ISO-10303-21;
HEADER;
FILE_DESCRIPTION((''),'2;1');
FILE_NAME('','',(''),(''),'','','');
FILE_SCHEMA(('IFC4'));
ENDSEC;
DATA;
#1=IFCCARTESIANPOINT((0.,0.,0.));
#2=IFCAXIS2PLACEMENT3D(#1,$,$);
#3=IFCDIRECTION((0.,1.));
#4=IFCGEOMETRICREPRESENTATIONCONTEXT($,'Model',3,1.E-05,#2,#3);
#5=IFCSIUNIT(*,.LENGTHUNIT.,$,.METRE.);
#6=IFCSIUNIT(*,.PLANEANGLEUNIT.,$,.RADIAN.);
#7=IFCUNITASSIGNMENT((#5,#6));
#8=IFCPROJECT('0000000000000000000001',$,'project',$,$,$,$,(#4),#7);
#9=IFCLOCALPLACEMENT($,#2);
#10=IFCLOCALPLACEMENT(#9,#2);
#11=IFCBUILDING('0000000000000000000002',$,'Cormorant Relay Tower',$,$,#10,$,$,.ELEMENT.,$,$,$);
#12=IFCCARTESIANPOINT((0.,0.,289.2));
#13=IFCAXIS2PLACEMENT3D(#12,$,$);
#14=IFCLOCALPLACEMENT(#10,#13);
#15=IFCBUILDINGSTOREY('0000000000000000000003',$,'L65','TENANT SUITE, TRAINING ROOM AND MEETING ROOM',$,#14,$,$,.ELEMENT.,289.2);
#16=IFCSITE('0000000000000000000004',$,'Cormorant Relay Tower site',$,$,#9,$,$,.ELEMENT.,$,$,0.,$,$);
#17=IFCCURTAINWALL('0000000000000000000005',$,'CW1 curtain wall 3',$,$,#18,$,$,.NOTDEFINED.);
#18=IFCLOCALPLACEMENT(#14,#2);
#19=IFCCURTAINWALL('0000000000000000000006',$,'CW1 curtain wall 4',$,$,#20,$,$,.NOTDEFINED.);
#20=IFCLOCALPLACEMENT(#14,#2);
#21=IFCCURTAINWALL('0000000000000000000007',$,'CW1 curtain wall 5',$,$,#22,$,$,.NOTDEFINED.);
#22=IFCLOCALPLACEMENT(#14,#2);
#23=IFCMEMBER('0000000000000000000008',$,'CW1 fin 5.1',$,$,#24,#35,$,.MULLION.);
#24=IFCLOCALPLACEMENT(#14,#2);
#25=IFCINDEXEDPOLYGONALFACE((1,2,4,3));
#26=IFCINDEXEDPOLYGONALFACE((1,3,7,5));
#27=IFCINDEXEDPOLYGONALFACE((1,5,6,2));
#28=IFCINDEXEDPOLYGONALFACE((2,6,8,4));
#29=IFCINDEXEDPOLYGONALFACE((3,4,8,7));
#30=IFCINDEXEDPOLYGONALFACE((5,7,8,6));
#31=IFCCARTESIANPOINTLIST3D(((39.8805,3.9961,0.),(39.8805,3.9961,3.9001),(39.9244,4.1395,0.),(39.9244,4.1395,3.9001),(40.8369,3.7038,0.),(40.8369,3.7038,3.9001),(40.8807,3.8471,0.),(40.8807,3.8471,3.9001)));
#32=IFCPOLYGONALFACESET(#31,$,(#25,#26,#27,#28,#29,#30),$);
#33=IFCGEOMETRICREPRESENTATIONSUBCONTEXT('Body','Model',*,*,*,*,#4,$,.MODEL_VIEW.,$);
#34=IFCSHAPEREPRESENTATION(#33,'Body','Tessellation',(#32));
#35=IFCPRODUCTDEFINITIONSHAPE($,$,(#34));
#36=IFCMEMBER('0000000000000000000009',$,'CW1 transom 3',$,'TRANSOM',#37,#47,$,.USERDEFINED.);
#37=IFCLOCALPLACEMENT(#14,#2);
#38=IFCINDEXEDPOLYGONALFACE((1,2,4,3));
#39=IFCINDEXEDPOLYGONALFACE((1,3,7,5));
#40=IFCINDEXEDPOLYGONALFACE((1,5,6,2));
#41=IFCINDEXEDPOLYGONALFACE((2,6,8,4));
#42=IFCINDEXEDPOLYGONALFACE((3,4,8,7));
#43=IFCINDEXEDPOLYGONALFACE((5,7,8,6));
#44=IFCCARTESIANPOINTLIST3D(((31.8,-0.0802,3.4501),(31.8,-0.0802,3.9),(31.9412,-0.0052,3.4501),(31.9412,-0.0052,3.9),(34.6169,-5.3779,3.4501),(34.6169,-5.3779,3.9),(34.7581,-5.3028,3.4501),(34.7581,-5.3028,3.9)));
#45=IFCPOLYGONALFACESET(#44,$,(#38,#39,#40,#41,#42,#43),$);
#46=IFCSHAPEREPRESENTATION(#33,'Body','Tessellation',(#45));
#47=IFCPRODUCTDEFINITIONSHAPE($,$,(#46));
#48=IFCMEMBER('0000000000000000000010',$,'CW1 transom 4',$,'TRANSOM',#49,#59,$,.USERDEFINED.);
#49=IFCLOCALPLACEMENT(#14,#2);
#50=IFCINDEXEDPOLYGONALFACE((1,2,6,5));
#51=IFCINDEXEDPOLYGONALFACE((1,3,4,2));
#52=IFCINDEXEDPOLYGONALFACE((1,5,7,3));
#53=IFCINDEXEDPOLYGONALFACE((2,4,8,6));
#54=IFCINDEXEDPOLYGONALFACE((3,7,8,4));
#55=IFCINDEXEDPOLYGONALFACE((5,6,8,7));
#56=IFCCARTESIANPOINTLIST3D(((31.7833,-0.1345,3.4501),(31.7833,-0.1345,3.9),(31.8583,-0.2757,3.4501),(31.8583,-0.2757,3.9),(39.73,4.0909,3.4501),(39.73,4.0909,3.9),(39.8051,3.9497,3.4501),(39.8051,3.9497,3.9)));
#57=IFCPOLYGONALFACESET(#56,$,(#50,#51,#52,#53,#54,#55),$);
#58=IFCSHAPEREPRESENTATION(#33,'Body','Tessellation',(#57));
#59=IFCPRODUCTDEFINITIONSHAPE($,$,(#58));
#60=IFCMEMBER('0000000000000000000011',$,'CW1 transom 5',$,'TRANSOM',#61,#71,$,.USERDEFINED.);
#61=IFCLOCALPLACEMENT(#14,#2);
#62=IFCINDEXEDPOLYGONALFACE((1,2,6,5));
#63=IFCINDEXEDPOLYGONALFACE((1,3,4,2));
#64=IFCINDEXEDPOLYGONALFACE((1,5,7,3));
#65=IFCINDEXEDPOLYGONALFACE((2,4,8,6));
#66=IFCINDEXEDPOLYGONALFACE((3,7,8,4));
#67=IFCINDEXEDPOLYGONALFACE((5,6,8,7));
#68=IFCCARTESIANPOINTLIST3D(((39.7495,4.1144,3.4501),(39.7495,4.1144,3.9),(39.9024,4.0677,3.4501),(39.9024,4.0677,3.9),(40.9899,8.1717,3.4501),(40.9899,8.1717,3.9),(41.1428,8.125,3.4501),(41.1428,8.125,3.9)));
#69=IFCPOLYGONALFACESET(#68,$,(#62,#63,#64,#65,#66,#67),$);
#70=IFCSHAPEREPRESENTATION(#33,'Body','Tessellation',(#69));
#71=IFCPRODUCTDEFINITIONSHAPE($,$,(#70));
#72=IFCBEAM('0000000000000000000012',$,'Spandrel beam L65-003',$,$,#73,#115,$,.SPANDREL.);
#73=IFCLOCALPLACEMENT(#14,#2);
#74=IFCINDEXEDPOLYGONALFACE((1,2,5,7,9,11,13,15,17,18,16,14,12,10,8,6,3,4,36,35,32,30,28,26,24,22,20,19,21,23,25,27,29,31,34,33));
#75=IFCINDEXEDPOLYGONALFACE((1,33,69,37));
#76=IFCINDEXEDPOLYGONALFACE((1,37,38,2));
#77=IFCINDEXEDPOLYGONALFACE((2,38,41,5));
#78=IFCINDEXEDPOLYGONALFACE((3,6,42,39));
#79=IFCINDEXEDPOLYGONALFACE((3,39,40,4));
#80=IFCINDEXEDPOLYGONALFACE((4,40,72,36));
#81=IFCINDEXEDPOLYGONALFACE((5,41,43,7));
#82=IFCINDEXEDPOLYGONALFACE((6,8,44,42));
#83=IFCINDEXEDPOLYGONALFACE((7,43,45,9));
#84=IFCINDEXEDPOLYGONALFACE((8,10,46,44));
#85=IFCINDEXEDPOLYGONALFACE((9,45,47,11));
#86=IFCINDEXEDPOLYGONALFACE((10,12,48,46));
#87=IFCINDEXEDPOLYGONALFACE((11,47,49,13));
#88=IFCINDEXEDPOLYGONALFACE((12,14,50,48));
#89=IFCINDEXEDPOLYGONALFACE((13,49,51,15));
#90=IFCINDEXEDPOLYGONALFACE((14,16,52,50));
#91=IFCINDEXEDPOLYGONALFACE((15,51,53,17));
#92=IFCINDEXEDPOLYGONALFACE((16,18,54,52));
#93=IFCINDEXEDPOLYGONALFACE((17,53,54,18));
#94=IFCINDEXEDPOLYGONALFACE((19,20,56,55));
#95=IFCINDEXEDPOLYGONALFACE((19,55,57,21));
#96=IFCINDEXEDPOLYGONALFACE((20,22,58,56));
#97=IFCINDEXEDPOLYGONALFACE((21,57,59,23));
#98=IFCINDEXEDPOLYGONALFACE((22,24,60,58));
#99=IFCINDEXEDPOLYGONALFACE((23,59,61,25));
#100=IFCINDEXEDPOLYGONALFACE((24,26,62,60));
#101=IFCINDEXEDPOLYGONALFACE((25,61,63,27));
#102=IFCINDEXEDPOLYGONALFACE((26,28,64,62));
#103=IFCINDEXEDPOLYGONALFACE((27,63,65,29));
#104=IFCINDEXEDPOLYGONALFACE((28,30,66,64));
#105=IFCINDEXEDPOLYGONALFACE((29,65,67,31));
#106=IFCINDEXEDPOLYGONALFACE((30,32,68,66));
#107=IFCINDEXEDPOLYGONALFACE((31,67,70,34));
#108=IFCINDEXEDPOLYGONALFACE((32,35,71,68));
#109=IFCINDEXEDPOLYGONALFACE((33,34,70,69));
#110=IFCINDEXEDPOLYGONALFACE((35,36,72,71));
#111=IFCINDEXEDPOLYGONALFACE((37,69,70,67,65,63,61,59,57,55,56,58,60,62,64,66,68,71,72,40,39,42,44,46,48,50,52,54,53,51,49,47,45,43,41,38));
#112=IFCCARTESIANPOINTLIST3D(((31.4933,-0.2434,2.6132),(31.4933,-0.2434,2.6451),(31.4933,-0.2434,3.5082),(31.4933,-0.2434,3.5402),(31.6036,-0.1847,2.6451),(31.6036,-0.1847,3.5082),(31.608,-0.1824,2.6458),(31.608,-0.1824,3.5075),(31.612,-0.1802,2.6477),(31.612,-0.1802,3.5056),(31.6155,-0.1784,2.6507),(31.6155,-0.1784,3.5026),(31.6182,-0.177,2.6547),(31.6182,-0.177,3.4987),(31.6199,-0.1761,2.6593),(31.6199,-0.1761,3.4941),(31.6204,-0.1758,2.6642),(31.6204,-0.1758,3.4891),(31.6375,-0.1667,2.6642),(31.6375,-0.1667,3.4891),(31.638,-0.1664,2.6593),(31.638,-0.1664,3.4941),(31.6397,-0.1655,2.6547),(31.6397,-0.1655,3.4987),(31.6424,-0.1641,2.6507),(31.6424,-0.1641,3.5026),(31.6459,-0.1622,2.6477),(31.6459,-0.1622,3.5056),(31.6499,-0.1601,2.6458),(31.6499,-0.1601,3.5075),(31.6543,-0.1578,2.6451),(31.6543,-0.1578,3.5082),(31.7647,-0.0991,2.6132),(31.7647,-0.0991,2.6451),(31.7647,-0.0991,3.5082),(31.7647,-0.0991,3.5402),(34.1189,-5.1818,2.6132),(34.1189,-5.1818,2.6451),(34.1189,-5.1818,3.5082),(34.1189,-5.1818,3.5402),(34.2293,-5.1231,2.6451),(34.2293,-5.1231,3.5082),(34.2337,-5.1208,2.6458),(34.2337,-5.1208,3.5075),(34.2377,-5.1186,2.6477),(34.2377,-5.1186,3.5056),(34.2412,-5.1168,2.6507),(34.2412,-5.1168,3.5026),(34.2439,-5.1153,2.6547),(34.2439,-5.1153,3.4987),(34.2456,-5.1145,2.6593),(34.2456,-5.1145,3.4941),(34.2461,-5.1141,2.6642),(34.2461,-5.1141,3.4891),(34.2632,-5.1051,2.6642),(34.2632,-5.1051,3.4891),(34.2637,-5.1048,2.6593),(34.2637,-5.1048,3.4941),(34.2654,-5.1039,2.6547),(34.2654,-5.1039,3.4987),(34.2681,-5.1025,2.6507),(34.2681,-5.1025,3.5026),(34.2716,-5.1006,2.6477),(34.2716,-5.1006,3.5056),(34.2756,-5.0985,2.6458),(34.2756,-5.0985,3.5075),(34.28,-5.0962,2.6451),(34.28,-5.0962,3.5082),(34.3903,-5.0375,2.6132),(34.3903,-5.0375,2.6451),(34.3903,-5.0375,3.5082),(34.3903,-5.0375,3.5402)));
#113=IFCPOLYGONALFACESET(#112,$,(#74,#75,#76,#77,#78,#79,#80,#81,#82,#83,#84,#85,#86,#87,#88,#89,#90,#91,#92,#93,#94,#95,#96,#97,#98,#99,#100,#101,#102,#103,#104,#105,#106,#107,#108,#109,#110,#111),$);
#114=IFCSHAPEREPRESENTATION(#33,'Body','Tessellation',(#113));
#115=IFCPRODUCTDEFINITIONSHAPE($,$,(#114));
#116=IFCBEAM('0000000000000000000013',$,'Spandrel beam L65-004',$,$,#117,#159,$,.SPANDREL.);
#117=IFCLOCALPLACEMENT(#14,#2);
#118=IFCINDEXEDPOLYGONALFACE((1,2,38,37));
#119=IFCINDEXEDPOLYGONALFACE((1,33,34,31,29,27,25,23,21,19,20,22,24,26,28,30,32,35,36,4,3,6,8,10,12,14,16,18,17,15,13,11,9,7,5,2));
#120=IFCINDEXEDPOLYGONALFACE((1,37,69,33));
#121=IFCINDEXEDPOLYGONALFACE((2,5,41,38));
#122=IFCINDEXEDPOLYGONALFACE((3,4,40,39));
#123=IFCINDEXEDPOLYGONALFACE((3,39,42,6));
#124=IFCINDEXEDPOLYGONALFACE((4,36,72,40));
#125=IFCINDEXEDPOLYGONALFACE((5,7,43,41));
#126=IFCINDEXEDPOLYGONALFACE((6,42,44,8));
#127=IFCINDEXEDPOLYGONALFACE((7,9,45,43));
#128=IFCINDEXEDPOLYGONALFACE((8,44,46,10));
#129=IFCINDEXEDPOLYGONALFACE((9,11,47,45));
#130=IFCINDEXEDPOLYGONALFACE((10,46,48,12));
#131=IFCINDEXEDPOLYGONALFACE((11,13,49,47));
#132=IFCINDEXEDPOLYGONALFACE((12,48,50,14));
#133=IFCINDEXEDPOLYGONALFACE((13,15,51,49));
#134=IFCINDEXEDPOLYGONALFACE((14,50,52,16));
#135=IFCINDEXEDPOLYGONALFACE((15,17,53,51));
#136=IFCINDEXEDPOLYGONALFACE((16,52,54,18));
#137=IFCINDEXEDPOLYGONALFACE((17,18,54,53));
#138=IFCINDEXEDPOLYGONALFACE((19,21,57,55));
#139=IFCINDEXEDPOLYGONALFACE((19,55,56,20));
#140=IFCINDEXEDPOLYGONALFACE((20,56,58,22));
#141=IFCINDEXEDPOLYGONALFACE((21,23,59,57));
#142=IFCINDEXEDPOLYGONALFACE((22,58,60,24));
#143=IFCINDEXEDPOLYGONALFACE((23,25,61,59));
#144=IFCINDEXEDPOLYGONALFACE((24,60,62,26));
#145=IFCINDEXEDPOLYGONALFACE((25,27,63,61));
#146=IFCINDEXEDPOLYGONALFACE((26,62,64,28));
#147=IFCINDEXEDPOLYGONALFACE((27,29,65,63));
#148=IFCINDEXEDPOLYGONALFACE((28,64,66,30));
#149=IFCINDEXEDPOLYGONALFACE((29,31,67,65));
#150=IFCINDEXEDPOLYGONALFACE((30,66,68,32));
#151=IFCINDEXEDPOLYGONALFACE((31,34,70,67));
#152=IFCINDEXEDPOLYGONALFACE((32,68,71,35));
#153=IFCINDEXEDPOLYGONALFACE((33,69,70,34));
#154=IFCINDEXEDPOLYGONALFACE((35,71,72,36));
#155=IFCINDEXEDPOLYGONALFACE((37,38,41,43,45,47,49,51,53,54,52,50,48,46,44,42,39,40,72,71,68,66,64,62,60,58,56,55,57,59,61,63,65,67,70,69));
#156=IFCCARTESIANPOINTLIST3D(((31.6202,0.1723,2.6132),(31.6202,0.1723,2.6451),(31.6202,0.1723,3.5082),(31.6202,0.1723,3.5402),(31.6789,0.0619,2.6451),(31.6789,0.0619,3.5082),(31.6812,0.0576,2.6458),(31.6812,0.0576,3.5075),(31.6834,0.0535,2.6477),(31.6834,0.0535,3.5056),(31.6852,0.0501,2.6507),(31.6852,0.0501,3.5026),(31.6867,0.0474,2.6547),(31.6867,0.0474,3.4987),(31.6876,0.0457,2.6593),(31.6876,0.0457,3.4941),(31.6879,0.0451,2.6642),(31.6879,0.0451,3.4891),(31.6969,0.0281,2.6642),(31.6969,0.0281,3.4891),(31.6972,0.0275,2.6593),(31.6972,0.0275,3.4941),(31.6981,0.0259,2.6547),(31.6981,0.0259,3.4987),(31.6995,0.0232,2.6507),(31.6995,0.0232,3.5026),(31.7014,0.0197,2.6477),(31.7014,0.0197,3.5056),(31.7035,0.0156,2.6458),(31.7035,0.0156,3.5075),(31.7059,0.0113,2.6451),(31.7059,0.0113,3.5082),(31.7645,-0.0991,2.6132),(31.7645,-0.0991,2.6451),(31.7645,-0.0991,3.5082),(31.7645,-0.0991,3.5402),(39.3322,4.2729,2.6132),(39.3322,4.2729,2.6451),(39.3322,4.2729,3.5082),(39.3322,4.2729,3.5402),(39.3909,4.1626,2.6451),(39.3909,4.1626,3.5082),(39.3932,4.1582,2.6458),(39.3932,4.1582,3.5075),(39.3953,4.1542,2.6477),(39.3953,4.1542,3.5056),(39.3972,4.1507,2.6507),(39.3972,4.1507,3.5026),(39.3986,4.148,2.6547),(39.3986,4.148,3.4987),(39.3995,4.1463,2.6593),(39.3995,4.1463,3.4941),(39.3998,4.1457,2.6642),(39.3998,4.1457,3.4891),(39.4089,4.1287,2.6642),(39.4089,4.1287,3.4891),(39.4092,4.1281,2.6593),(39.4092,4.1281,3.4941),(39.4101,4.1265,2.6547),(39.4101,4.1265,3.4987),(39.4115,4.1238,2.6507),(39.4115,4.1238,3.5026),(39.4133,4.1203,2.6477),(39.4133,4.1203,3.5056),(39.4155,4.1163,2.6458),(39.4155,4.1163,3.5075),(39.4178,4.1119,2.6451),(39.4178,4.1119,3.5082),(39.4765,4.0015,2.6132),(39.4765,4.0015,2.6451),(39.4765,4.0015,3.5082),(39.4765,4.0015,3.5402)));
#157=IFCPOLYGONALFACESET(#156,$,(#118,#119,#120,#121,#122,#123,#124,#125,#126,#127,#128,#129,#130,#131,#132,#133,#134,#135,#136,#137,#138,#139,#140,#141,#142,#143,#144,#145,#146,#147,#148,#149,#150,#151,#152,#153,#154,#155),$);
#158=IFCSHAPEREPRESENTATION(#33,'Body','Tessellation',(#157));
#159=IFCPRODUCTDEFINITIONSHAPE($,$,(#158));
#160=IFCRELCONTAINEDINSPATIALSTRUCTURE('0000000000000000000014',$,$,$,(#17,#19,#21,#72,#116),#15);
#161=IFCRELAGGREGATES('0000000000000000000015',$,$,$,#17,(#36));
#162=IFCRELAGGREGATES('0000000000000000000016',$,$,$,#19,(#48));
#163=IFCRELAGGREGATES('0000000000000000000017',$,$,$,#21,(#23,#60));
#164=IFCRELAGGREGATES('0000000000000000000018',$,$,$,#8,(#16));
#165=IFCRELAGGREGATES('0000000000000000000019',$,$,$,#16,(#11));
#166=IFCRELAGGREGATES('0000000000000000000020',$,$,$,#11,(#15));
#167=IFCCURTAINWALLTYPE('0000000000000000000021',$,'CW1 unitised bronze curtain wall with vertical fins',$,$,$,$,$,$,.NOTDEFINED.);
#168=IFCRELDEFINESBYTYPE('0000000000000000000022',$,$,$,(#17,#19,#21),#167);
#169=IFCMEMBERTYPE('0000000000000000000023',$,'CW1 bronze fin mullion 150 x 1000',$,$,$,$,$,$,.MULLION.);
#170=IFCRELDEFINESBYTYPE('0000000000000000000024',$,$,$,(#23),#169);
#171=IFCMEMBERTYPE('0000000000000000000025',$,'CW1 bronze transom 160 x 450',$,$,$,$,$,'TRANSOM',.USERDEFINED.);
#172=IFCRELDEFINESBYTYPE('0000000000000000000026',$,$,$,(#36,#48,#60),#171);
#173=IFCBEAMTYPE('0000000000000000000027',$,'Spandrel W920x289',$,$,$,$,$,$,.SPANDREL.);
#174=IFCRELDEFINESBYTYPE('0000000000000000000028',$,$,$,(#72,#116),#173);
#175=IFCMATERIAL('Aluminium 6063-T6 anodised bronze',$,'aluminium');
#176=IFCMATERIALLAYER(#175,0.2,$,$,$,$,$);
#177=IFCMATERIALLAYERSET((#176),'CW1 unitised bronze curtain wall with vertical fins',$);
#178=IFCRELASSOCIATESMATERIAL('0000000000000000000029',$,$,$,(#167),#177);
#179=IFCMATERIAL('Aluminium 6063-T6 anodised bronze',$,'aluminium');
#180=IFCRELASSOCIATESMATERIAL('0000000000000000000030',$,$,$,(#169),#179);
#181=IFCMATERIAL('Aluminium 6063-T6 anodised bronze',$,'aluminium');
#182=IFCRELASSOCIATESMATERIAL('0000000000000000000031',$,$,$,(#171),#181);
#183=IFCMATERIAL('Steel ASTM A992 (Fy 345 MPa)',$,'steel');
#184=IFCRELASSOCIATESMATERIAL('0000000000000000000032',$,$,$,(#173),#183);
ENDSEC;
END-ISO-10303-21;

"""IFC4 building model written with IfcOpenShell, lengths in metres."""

from ifc_helpers import new_model, si_unit, direction, frame, origin, origin_2d, place, context, subcontext, project, spatial, rectangle, i_section, extrude, material, layer, layer_set, material_profile, profile_set, type_object, element, aggregate, save


model = new_model("IFC4")

# Units and contexts
model_context = context("Model", 3, precision=1e-05, world=origin(), true_north=direction((0.0, 1.0)))
body_context = subcontext(model_context, "Body", "Model", "MODEL_VIEW")
ifc_project = project(units=[si_unit("LENGTHUNIT", "METRE"), si_unit("PLANEANGLEUNIT", "RADIAN")], contexts=[model_context])

# Site, building, storey
site_placement = place(None, origin())
site = spatial("IfcSite", under=ifc_project, at=site_placement, Name="Cormorant Relay Tower site", CompositionType="ELEMENT", RefElevation=0.0)
building_placement = place(site_placement, origin())
building = spatial("IfcBuilding", under=site, at=building_placement, Name="Cormorant Relay Tower", CompositionType="ELEMENT")
storey_placement = place(building_placement, frame((0.0, 0.0, 289.2)))
storey = spatial("IfcBuildingStorey", under=building, at=storey_placement, Name="L65", Description="TENANT SUITE, TRAINING ROOM AND MEETING ROOM", CompositionType="ELEMENT", Elevation=289.2)

# Curtain wall
ifc_material_1 = material(Name="Aluminium 6063-T6 anodised bronze", Category="aluminium")
ifc_layer_1 = layer(ifc_material_1, 0.2)
ifc_layer_set_1 = layer_set([ifc_layer_1], Name="CW1 unitised bronze curtain wall with vertical fins")
curtain_wall_type = type_object("IfcCurtainWallType", Name="CW1 unitised bronze curtain wall with vertical fins", PredefinedType="NOTDEFINED", material=ifc_layer_set_1)
ifc_material_2 = material(Name="Aluminium 6063-T6 anodised bronze", Category="aluminium")
ifc_material_profile_1 = material_profile(ifc_material_2, rectangle(XDim=0.1499, YDim=1.0, at=origin_2d()), Name="AL 150x1000")
ifc_profile_set_1 = profile_set([ifc_material_profile_1], Name="Aluminium 6063-T6 anodised bronze")
member_type_1 = type_object("IfcMemberType", Name="CW1 bronze fin mullion 150 x 1000", PredefinedType="MULLION", material=ifc_profile_set_1)
curtain_wall_1_placement = place(storey_placement, origin())
curtain_wall_1 = element("IfcCurtainWall", 1, at=curtain_wall_1_placement, inside=storey, type_object=curtain_wall_type, Name="CW1 curtain wall 3", PredefinedType="NOTDEFINED")

# Curtain wall
curtain_wall_2_placement = place(storey_placement, origin())
curtain_wall_2 = element("IfcCurtainWall", 2, at=curtain_wall_2_placement, inside=storey, type_object=curtain_wall_type, Name="CW1 curtain wall 4", PredefinedType="NOTDEFINED")

# Curtain wall, member
curtain_wall_3_placement = place(storey_placement, origin())
curtain_wall_3 = element("IfcCurtainWall", 3, at=curtain_wall_3_placement, inside=storey, type_object=curtain_wall_type, Name="CW1 curtain wall 5", PredefinedType="NOTDEFINED")
member_1_placement = place(storey_placement, frame((40.3806, 3.9216, 0.0), z_axis=(0.0, 0.0, 1.0), x_axis=(0.292372, 0.956305, 0.0)))
member_1 = element("IfcMember", 4, at=member_1_placement, type_object=member_type_1, Name="CW1 fin 5.1", PredefinedType="MULLION", context=body_context, shape_type="SweptSolid", body=[
    extrude(rectangle(XDim=0.1499, YDim=1.0, at=origin_2d()), origin(), (0.0, 0.0, 1.0), 3.9001),
])

# Members
ifc_material_3 = material(Name="Aluminium 6063-T6 anodised bronze", Category="aluminium")
ifc_material_profile_2 = material_profile(ifc_material_3, rectangle(XDim=0.1599, YDim=0.45, at=origin_2d()), Name="AL 160x450")
ifc_profile_set_2 = profile_set([ifc_material_profile_2], Name="Aluminium 6063-T6 anodised bronze")
member_type_2 = type_object("IfcMemberType", Name="CW1 bronze transom 160 x 450", ElementType="TRANSOM", PredefinedType="USERDEFINED", material=ifc_profile_set_2)
member_2_placement = place(storey_placement, frame((34.6875, -5.3403, 3.675), z_axis=(-0.469485, 0.88294, 0.0), x_axis=(-0.88294, -0.469485, 0.0)))
member_2 = element("IfcMember", 5, at=member_2_placement, type_object=member_type_2, Name="CW1 transom 3", ObjectType="TRANSOM", PredefinedType="USERDEFINED", context=body_context, shape_type="SweptSolid", body=[
    extrude(rectangle(XDim=0.1599, YDim=0.45, at=origin_2d()), origin(), (0.0, 0.0, 1.0), 6.0),
])
member_3_placement = place(storey_placement, frame((31.8208, -0.2051, 3.675), z_axis=(0.882949, 0.469469, 0.0), x_axis=(-0.469469, 0.882949, 0.0)))
member_3 = element("IfcMember", 6, at=member_3_placement, type_object=member_type_2, Name="CW1 transom 4", ObjectType="TRANSOM", PredefinedType="USERDEFINED", context=body_context, shape_type="SweptSolid", body=[
    extrude(rectangle(XDim=0.1599, YDim=0.45, at=origin_2d()), origin(), (0.0, 0.0, 1.0), 9.0002),
])
member_4_placement = place(storey_placement, frame((39.8259, 4.0911, 3.675), z_axis=(0.292375, 0.956304, 0.0), x_axis=(-0.956304, 0.292375, 0.0)))
member_4 = element("IfcMember", 7, at=member_4_placement, type_object=member_type_2, Name="CW1 transom 5", ObjectType="TRANSOM", PredefinedType="USERDEFINED", context=body_context, shape_type="SweptSolid", body=[
    extrude(rectangle(XDim=0.1599, YDim=0.45, at=origin_2d()), origin(), (0.0, 0.0, 1.0), 4.2427),
])

# Beams
ifc_material_4 = material(Name="Steel ASTM A992 (Fy 345 MPa)", Category="steel")
ifc_material_profile_3 = material_profile(ifc_material_4, i_section(OverallWidth=0.3074, OverallDepth=0.927, WebThickness=0.0193, FlangeThickness=0.032, FilletRadius=0.019, at=origin_2d()), Name="W920x289")
ifc_profile_set_3 = profile_set([ifc_material_profile_3], Name="Steel ASTM A992 (Fy 345 MPa)")
beam_type = type_object("IfcBeamType", Name="Spandrel W920x289", PredefinedType="SPANDREL", material=ifc_profile_set_3)
beam_1_placement = place(storey_placement, frame((34.2546, -5.1096, 3.0767), z_axis=(-0.469457, 0.882955, 0.0), x_axis=(-0.882955, -0.469457, 0.0)))
element("IfcBeam", 8, at=beam_1_placement, inside=storey, type_object=beam_type, Name="Spandrel beam L65-003", PredefinedType="SPANDREL", context=body_context, shape_type="SweptSolid", body=[
    extrude(i_section(OverallWidth=0.3074, OverallDepth=0.927, WebThickness=0.0193, FlangeThickness=0.032, FilletRadius=0.019, at=origin_2d()), origin(), (0.0, 0.0, 1.0), 5.593),
])
beam_2_placement = place(storey_placement, frame((31.6924, 0.0366, 3.0767), z_axis=(0.882943, 0.469479, 0.0), x_axis=(-0.469479, 0.882943, 0.0)))
element("IfcBeam", 9, at=beam_2_placement, inside=storey, type_object=beam_type, Name="Spandrel beam L65-004", PredefinedType="SPANDREL", context=body_context, shape_type="SweptSolid", body=[
    extrude(i_section(OverallWidth=0.3074, OverallDepth=0.927, WebThickness=0.0193, FlangeThickness=0.032, FilletRadius=0.019, at=origin_2d()), origin(), (0.0, 0.0, 1.0), 8.7344),
])

aggregate(curtain_wall_1, [member_2])

aggregate(curtain_wall_2, [member_3])
aggregate(curtain_wall_3, [member_1, member_4])

save(model, "model.ifc")
